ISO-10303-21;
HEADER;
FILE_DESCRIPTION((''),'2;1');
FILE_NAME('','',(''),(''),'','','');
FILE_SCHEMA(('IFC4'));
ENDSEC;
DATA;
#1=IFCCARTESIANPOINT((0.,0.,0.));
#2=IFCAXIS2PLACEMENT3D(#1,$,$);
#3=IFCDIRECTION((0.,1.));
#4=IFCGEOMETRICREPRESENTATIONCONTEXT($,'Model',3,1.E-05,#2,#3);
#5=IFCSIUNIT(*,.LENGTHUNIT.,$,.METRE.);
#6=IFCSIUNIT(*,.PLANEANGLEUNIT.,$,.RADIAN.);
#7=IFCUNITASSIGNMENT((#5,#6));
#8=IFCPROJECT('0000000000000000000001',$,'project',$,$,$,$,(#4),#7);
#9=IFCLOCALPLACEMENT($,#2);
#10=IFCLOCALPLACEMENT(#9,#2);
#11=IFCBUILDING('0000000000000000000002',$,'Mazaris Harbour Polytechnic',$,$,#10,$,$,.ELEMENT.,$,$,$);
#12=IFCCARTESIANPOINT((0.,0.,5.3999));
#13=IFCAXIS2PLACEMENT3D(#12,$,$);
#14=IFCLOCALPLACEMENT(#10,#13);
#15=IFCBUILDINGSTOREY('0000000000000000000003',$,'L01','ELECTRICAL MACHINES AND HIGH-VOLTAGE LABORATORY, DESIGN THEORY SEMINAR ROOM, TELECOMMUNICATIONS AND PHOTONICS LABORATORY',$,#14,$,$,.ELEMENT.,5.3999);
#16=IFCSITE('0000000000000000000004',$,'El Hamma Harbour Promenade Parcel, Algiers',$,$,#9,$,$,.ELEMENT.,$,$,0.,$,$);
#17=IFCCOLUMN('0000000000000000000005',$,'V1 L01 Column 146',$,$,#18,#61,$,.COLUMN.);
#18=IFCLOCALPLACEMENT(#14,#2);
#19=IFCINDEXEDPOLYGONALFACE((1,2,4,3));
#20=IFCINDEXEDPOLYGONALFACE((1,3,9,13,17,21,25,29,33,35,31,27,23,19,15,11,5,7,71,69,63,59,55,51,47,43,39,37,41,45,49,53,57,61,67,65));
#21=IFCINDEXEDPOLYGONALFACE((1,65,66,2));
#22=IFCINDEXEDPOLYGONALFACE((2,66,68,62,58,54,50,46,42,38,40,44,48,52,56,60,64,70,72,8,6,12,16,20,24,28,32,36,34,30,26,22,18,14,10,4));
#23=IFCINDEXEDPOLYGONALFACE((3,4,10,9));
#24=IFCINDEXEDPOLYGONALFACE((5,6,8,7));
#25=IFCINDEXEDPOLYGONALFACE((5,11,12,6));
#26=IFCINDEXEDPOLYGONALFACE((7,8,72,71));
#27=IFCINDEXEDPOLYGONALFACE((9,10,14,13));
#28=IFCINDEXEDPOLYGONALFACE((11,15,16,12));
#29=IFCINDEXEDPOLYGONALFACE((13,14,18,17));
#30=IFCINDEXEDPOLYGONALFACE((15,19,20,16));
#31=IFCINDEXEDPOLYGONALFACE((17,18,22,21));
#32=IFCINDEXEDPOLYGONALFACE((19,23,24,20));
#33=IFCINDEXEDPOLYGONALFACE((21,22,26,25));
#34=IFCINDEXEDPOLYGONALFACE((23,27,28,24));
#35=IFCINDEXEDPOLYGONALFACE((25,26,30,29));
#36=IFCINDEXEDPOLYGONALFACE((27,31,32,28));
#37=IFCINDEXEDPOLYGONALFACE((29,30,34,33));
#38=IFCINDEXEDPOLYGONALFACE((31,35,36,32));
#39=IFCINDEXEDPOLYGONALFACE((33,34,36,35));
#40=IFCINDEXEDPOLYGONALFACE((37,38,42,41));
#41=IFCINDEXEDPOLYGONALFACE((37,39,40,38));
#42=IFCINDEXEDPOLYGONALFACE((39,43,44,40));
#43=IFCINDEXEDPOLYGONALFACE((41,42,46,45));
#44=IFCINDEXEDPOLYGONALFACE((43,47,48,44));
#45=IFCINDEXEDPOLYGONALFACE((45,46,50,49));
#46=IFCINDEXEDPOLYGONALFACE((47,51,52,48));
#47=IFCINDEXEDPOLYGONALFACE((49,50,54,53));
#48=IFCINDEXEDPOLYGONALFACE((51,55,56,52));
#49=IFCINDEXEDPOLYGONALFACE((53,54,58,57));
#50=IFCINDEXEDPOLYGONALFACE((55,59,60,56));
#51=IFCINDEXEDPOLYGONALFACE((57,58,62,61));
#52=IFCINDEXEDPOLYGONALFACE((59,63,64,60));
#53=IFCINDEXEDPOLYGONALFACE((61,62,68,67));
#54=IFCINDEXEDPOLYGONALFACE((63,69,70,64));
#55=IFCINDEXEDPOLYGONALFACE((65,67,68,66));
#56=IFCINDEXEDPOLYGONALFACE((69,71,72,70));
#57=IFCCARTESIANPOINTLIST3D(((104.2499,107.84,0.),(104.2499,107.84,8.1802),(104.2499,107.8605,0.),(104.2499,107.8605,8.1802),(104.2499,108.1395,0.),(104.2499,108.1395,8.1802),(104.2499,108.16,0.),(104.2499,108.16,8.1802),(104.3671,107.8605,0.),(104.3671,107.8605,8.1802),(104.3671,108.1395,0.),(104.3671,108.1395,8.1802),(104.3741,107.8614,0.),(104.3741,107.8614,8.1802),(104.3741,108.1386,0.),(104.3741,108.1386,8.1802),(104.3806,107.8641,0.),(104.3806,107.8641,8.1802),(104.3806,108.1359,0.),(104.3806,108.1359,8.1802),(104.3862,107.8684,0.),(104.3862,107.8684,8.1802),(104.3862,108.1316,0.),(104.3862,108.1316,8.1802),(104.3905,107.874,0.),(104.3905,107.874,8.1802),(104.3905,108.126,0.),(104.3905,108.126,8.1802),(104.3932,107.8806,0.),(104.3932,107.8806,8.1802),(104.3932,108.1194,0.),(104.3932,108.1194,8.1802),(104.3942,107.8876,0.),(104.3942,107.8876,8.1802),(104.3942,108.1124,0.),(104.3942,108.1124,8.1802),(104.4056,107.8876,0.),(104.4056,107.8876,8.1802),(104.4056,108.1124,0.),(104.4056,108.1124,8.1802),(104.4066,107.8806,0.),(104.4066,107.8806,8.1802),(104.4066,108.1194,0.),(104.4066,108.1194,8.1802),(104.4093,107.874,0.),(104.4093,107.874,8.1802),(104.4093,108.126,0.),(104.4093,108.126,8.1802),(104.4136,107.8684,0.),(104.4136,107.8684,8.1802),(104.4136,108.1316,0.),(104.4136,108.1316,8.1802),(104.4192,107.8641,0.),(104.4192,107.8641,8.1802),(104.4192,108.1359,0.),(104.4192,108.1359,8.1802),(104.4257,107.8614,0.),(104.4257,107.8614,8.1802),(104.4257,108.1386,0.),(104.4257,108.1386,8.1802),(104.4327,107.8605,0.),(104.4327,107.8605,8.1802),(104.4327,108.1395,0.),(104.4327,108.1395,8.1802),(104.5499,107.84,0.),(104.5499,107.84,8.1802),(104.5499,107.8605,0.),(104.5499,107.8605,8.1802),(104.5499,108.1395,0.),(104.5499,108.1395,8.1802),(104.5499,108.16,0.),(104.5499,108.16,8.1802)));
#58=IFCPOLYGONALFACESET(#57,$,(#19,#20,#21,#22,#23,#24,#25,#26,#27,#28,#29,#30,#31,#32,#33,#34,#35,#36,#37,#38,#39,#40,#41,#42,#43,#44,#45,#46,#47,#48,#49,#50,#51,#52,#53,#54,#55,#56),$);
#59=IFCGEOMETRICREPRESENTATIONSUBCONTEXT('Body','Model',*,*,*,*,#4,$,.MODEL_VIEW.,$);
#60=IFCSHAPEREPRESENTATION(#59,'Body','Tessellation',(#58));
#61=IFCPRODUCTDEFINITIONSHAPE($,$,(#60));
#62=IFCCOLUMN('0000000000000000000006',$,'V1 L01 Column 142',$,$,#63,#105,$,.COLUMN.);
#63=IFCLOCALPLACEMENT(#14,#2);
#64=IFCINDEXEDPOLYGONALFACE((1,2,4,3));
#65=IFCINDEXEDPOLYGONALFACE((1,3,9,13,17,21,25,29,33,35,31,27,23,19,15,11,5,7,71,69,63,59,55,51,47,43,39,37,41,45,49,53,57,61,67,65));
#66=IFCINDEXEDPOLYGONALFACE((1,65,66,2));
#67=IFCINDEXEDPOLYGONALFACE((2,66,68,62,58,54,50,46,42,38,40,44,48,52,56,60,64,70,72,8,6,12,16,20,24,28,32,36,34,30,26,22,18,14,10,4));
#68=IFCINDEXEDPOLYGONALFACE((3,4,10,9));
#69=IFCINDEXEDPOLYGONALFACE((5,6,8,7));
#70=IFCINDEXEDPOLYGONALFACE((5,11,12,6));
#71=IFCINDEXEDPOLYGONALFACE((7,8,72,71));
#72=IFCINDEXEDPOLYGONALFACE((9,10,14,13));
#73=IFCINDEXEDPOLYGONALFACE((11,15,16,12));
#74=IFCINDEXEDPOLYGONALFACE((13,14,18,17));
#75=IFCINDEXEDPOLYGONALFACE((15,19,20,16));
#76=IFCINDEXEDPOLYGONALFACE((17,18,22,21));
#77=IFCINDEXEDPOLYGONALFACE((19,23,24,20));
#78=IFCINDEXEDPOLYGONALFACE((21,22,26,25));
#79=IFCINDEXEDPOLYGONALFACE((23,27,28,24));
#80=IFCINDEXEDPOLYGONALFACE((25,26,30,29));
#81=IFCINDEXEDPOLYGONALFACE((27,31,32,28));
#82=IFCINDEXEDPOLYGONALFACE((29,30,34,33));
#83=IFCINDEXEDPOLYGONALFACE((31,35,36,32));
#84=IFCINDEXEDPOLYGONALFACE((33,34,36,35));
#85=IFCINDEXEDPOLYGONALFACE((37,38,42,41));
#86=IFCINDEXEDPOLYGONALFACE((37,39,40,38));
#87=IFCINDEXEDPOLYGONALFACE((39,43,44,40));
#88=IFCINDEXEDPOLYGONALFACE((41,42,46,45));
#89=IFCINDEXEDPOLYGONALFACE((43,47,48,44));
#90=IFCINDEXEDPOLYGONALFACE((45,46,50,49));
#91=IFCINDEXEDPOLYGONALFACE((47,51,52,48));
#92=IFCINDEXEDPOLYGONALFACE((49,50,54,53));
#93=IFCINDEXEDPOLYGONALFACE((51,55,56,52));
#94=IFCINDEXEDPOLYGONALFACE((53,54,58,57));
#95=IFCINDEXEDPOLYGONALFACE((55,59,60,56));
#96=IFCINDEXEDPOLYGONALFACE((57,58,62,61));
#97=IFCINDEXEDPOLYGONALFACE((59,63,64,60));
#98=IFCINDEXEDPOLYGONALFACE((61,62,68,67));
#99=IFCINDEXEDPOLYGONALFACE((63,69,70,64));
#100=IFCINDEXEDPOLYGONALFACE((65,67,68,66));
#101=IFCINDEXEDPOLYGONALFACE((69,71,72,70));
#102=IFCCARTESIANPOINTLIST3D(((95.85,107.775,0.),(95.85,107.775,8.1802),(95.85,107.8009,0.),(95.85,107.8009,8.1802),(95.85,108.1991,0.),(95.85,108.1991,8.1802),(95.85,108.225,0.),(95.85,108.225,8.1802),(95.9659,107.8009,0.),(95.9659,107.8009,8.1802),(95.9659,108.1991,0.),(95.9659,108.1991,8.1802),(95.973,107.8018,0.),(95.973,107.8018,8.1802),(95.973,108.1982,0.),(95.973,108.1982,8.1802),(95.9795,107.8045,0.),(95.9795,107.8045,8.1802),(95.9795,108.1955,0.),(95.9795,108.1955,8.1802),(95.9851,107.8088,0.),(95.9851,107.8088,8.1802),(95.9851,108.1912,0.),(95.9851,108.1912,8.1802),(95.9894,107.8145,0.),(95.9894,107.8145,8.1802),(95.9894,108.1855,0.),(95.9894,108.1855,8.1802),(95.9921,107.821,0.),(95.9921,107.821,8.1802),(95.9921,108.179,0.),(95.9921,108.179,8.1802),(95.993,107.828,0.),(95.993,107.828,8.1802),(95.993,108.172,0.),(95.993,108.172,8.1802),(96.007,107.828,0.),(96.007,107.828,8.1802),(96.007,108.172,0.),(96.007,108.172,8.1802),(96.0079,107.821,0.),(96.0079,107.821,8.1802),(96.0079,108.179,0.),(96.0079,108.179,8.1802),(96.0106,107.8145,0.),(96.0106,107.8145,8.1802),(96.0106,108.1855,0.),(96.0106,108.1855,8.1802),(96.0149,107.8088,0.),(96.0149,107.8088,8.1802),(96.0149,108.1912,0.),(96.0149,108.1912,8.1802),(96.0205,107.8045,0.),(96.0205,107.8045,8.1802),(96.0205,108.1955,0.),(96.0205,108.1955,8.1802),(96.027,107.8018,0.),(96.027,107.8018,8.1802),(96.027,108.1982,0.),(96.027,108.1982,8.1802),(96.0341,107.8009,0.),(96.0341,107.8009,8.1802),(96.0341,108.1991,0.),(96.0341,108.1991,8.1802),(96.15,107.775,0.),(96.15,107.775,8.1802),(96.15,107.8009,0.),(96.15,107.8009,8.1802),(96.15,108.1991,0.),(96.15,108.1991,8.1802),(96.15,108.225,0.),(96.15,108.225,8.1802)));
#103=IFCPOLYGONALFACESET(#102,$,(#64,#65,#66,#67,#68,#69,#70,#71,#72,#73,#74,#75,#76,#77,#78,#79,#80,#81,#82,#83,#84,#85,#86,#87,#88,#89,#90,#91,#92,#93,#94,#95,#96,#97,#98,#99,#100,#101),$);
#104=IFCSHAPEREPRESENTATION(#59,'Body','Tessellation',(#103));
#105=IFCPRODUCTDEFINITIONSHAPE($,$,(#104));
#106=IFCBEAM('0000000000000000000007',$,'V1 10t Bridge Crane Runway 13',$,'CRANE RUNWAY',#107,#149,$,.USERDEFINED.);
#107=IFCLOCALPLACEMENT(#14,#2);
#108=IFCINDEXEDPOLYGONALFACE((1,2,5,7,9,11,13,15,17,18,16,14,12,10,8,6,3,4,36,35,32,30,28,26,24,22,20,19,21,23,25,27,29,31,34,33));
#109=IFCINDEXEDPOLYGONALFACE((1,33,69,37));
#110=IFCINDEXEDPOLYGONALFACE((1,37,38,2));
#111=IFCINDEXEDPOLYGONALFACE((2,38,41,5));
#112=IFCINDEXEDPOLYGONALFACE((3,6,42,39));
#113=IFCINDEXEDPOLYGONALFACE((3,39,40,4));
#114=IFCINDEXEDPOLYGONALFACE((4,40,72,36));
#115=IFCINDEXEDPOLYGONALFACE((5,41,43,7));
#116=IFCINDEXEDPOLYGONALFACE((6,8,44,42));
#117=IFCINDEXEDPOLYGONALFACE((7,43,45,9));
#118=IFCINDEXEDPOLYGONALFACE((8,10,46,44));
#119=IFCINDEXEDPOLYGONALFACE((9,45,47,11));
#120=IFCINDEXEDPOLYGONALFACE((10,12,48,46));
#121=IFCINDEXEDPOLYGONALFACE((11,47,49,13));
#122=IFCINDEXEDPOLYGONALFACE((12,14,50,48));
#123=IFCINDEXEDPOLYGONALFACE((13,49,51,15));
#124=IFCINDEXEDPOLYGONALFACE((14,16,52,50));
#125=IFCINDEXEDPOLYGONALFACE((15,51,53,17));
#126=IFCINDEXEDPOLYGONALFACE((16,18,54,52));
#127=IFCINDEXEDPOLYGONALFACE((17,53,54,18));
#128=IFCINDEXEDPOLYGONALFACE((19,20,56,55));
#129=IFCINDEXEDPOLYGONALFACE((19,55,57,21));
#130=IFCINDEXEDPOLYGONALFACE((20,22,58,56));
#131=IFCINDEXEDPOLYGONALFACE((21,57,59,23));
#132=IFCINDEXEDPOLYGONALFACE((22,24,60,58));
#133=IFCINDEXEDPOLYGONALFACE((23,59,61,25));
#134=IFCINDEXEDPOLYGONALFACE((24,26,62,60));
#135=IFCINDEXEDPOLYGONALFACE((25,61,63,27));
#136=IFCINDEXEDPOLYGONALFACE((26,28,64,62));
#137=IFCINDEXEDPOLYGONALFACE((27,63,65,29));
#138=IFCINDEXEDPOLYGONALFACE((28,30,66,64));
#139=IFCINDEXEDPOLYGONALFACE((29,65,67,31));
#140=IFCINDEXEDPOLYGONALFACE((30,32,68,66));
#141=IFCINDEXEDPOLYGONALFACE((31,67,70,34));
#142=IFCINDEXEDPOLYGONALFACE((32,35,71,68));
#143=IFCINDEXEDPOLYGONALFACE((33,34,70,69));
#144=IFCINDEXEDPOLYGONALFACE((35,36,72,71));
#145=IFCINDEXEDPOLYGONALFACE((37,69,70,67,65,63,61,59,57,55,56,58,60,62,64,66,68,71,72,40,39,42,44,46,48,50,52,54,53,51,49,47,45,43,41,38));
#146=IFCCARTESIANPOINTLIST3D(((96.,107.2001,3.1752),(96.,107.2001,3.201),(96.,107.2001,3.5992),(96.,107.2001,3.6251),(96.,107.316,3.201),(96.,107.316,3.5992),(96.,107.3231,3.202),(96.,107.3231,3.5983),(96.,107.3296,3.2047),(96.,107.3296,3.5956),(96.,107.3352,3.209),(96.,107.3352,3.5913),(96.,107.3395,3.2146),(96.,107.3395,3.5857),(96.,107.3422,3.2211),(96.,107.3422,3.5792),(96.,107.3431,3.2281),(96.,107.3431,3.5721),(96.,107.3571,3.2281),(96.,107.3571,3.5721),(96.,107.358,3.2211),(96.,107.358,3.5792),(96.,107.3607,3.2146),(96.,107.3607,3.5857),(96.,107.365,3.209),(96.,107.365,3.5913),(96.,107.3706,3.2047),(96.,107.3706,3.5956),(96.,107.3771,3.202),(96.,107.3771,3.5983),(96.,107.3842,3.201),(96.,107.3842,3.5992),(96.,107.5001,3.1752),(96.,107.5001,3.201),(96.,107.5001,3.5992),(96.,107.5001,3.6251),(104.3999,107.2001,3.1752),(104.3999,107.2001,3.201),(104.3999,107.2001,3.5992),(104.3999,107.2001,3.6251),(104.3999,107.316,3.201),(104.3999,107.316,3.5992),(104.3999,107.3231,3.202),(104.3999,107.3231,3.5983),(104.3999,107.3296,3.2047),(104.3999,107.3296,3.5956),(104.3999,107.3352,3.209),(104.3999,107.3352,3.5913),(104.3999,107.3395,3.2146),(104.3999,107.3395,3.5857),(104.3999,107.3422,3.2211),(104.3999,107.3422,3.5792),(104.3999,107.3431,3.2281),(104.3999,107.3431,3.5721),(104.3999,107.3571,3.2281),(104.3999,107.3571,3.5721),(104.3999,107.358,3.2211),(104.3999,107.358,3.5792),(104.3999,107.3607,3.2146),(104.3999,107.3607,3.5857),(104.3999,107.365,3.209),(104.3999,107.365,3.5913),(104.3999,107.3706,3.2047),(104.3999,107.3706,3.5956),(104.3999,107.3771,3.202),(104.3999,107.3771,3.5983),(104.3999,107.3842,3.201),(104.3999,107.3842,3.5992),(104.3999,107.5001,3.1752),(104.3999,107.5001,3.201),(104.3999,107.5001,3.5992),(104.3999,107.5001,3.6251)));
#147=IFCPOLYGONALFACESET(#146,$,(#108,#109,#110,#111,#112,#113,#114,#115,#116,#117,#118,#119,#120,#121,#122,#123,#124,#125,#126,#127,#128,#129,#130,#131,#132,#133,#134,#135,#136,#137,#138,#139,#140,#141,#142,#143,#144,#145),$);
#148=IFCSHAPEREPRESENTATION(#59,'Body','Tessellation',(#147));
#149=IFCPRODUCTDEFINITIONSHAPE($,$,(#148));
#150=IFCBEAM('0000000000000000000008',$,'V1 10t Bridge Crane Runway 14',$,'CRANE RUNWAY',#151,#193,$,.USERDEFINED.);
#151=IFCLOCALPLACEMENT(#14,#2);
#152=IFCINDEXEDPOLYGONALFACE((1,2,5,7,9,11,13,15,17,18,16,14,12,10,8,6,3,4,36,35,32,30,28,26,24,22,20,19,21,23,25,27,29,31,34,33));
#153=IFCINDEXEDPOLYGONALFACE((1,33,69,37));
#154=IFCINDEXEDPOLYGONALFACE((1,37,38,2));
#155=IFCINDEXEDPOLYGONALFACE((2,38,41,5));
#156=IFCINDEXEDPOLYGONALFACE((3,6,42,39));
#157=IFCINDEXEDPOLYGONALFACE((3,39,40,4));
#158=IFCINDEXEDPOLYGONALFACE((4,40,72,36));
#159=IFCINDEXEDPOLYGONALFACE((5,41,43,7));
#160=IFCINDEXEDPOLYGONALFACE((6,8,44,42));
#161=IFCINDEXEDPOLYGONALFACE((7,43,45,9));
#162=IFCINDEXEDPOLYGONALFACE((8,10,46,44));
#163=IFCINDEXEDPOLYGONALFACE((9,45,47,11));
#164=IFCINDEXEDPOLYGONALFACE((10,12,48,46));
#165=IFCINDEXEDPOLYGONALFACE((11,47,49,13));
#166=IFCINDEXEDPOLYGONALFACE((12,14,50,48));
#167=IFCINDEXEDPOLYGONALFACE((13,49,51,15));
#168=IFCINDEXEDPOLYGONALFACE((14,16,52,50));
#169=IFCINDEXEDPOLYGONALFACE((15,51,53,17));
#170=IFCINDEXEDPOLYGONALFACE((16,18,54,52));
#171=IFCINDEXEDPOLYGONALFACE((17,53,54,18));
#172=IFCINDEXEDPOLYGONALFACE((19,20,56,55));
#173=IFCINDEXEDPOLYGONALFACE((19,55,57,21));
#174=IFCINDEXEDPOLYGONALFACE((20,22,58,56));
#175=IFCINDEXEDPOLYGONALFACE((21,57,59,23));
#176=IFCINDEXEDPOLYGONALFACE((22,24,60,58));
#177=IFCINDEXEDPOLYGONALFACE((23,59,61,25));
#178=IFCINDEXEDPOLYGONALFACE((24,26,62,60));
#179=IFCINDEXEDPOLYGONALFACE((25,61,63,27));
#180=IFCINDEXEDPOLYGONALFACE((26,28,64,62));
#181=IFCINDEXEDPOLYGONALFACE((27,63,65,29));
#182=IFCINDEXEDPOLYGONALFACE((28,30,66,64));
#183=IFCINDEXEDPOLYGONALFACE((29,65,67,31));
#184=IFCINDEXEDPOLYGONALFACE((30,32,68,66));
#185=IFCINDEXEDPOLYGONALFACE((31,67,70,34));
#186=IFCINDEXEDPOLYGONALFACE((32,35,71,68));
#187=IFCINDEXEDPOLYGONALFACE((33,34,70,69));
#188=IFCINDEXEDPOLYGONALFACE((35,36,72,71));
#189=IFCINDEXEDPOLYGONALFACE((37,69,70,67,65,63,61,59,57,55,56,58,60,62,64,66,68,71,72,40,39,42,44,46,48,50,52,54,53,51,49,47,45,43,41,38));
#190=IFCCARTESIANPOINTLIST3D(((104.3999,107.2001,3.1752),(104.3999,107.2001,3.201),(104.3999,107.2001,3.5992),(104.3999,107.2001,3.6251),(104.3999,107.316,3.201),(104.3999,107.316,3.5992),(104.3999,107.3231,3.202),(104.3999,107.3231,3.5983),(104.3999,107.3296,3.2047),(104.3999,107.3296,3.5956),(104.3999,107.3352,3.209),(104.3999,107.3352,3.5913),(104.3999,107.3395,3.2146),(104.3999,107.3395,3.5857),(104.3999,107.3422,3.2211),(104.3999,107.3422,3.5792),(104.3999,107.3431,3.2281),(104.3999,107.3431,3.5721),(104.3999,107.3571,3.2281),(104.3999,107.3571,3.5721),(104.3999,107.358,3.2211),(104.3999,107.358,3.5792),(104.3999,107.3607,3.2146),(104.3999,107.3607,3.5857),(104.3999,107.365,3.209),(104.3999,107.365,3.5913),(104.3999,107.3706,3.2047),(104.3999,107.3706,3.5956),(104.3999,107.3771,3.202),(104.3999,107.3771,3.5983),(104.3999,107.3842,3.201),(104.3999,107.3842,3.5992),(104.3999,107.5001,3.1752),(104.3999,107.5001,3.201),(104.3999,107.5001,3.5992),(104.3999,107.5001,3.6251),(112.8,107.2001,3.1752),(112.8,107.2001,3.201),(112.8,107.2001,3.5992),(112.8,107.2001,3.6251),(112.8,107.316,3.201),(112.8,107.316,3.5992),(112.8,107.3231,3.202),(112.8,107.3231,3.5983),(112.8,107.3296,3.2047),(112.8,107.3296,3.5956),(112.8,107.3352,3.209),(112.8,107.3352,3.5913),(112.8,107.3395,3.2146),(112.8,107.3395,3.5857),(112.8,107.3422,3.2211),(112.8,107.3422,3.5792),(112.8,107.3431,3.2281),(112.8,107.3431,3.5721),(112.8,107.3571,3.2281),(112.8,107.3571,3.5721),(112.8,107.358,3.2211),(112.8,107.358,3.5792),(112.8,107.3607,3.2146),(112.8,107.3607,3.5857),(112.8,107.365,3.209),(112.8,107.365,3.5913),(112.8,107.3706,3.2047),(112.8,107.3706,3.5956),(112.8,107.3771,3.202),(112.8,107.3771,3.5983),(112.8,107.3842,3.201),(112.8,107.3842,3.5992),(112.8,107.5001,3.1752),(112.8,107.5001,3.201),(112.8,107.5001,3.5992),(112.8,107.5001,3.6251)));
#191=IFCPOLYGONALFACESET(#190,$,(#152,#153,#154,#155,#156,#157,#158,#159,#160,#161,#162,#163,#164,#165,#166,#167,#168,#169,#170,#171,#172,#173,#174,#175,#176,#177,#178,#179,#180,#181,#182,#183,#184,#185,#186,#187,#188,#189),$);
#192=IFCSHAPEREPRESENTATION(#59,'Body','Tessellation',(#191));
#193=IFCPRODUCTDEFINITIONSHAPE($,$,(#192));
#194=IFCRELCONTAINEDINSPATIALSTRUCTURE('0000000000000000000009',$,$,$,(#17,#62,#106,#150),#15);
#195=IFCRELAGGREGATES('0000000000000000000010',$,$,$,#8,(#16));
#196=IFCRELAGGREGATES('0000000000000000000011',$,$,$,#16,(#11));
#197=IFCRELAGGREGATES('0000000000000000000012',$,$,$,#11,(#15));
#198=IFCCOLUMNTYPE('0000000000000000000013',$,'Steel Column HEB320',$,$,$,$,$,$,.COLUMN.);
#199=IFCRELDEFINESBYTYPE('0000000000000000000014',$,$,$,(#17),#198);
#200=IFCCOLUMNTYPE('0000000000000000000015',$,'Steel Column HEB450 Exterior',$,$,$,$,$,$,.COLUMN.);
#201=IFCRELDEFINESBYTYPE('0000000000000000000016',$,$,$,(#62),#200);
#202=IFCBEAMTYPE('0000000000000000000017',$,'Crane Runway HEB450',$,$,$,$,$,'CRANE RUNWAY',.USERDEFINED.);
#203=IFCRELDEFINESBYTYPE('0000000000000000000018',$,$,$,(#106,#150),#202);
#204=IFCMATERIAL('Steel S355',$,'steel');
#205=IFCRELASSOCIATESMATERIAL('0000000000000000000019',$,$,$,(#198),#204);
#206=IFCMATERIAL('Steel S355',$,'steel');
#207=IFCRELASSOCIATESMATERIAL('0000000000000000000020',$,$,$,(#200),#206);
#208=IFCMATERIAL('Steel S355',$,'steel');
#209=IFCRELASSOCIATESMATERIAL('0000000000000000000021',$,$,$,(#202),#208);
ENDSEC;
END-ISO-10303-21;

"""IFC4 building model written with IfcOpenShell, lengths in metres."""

from ifc_helpers import new_model, si_unit, direction, frame, origin, origin_2d, place, context, subcontext, project, spatial, i_section, extrude, material, material_profile, profile_set, type_object, element, save


model = new_model("IFC4")

# Units and contexts
model_context = context("Model", 3, precision=1e-05, world=origin(), true_north=direction((0.0, 1.0)))
body_context = subcontext(model_context, "Body", "Model", "MODEL_VIEW")
ifc_project = project(units=[si_unit("LENGTHUNIT", "METRE"), si_unit("PLANEANGLEUNIT", "RADIAN")], contexts=[model_context])

# Site, building, storey
site_placement = place(None, origin())
site = spatial("IfcSite", under=ifc_project, at=site_placement, Name="El Hamma Harbour Promenade Parcel, Algiers", CompositionType="ELEMENT", RefElevation=0.0)
building_placement = place(site_placement, origin())
building = spatial("IfcBuilding", under=site, at=building_placement, Name="Mazaris Harbour Polytechnic", CompositionType="ELEMENT")
storey_placement = place(building_placement, frame((0.0, 0.0, 5.3999)))
storey = spatial("IfcBuildingStorey", under=building, at=storey_placement, Name="L01", Description="ELECTRICAL MACHINES AND HIGH-VOLTAGE LABORATORY, DESIGN THEORY SEMINAR ROOM, TELECOMMUNICATIONS AND PHOTONICS LABORATORY", CompositionType="ELEMENT", Elevation=5.3999)

# Columns
ifc_material_1 = material(Name="Steel S355", Category="steel")
ifc_material_profile_1 = material_profile(ifc_material_1, i_section(OverallWidth=0.3, OverallDepth=0.3201, WebThickness=0.0115, FlangeThickness=0.0205, FilletRadius=0.0271, at=origin_2d()), Name="HEB 320")
ifc_profile_set_1 = profile_set([ifc_material_profile_1], Name="Steel S355")
column_type_1 = type_object("IfcColumnType", Name="Steel Column HEB320", PredefinedType="COLUMN", material=ifc_profile_set_1)
column_1_placement = place(storey_placement, frame((104.3999, 108.0, 0.0), z_axis=(0.0, 0.0, 1.0), x_axis=(1.0, 0.0, 0.0)))
element("IfcColumn", 1, at=column_1_placement, inside=storey, type_object=column_type_1, Name="V1 L01 Column 146", PredefinedType="COLUMN", context=body_context, shape_type="SweptSolid", body=[
    extrude(i_section(OverallWidth=0.3, OverallDepth=0.3201, WebThickness=0.0115, FlangeThickness=0.0205, FilletRadius=0.0271, at=origin_2d()), origin(), (0.0, 0.0, 1.0), 8.1802),
])
ifc_material_2 = material(Name="Steel S355", Category="steel")
ifc_material_profile_2 = material_profile(ifc_material_2, i_section(OverallWidth=0.3, OverallDepth=0.45, WebThickness=0.0139, FlangeThickness=0.0259, FilletRadius=0.0271, at=origin_2d()), Name="HEB 450")
ifc_profile_set_2 = profile_set([ifc_material_profile_2], Name="Steel S355")
column_type_2 = type_object("IfcColumnType", Name="Steel Column HEB450 Exterior", PredefinedType="COLUMN", material=ifc_profile_set_2)
column_2_placement = place(storey_placement, frame((96.0, 108.0, 0.0), z_axis=(0.0, 0.0, 1.0), x_axis=(1.0, 0.0, 0.0)))
element("IfcColumn", 2, at=column_2_placement, inside=storey, type_object=column_type_2, Name="V1 L01 Column 142", PredefinedType="COLUMN", context=body_context, shape_type="SweptSolid", body=[
    extrude(i_section(OverallWidth=0.3, OverallDepth=0.45, WebThickness=0.0139, FlangeThickness=0.0259, FilletRadius=0.0271, at=origin_2d()), origin(), (0.0, 0.0, 1.0), 8.1802),
])

# Beams
ifc_material_3 = material(Name="Steel S355", Category="steel")
ifc_material_profile_3 = material_profile(ifc_material_3, i_section(OverallWidth=0.3, OverallDepth=0.45, WebThickness=0.0139, FlangeThickness=0.0259, FilletRadius=0.0271, at=origin_2d()), Name="HEB 450")
ifc_profile_set_3 = profile_set([ifc_material_profile_3], Name="Steel S355")
beam_type_1 = type_object("IfcBeamType", Name="Crane Runway HEB450", ElementType="CRANE RUNWAY", PredefinedType="USERDEFINED", material=ifc_profile_set_3)
beam_1_placement = place(storey_placement, frame((96.0, 107.3501, 3.4001), z_axis=(1.0, 0.0, 0.0), x_axis=(0.0, 1.0, 0.0)))
element("IfcBeam", 3, at=beam_1_placement, inside=storey, type_object=beam_type_1, Name="V1 10t Bridge Crane Runway 13", ObjectType="CRANE RUNWAY", PredefinedType="USERDEFINED", context=body_context, shape_type="SweptSolid", body=[
    extrude(i_section(OverallWidth=0.3, OverallDepth=0.45, WebThickness=0.0139, FlangeThickness=0.0259, FilletRadius=0.0271, at=origin_2d()), origin(), (0.0, 0.0, 1.0), 8.3999),
])
beam_2_placement = place(storey_placement, frame((104.3999, 107.3501, 3.4001), z_axis=(1.0, 0.0, 0.0), x_axis=(0.0, 1.0, 0.0)))
element("IfcBeam", 4, at=beam_2_placement, inside=storey, type_object=beam_type_1, Name="V1 10t Bridge Crane Runway 14", ObjectType="CRANE RUNWAY", PredefinedType="USERDEFINED", context=body_context, shape_type="SweptSolid", body=[
    extrude(i_section(OverallWidth=0.3, OverallDepth=0.45, WebThickness=0.0139, FlangeThickness=0.0259, FilletRadius=0.0271, at=origin_2d()), origin(), (0.0, 0.0, 1.0), 8.4001),
])

save(model, "model.ifc")
